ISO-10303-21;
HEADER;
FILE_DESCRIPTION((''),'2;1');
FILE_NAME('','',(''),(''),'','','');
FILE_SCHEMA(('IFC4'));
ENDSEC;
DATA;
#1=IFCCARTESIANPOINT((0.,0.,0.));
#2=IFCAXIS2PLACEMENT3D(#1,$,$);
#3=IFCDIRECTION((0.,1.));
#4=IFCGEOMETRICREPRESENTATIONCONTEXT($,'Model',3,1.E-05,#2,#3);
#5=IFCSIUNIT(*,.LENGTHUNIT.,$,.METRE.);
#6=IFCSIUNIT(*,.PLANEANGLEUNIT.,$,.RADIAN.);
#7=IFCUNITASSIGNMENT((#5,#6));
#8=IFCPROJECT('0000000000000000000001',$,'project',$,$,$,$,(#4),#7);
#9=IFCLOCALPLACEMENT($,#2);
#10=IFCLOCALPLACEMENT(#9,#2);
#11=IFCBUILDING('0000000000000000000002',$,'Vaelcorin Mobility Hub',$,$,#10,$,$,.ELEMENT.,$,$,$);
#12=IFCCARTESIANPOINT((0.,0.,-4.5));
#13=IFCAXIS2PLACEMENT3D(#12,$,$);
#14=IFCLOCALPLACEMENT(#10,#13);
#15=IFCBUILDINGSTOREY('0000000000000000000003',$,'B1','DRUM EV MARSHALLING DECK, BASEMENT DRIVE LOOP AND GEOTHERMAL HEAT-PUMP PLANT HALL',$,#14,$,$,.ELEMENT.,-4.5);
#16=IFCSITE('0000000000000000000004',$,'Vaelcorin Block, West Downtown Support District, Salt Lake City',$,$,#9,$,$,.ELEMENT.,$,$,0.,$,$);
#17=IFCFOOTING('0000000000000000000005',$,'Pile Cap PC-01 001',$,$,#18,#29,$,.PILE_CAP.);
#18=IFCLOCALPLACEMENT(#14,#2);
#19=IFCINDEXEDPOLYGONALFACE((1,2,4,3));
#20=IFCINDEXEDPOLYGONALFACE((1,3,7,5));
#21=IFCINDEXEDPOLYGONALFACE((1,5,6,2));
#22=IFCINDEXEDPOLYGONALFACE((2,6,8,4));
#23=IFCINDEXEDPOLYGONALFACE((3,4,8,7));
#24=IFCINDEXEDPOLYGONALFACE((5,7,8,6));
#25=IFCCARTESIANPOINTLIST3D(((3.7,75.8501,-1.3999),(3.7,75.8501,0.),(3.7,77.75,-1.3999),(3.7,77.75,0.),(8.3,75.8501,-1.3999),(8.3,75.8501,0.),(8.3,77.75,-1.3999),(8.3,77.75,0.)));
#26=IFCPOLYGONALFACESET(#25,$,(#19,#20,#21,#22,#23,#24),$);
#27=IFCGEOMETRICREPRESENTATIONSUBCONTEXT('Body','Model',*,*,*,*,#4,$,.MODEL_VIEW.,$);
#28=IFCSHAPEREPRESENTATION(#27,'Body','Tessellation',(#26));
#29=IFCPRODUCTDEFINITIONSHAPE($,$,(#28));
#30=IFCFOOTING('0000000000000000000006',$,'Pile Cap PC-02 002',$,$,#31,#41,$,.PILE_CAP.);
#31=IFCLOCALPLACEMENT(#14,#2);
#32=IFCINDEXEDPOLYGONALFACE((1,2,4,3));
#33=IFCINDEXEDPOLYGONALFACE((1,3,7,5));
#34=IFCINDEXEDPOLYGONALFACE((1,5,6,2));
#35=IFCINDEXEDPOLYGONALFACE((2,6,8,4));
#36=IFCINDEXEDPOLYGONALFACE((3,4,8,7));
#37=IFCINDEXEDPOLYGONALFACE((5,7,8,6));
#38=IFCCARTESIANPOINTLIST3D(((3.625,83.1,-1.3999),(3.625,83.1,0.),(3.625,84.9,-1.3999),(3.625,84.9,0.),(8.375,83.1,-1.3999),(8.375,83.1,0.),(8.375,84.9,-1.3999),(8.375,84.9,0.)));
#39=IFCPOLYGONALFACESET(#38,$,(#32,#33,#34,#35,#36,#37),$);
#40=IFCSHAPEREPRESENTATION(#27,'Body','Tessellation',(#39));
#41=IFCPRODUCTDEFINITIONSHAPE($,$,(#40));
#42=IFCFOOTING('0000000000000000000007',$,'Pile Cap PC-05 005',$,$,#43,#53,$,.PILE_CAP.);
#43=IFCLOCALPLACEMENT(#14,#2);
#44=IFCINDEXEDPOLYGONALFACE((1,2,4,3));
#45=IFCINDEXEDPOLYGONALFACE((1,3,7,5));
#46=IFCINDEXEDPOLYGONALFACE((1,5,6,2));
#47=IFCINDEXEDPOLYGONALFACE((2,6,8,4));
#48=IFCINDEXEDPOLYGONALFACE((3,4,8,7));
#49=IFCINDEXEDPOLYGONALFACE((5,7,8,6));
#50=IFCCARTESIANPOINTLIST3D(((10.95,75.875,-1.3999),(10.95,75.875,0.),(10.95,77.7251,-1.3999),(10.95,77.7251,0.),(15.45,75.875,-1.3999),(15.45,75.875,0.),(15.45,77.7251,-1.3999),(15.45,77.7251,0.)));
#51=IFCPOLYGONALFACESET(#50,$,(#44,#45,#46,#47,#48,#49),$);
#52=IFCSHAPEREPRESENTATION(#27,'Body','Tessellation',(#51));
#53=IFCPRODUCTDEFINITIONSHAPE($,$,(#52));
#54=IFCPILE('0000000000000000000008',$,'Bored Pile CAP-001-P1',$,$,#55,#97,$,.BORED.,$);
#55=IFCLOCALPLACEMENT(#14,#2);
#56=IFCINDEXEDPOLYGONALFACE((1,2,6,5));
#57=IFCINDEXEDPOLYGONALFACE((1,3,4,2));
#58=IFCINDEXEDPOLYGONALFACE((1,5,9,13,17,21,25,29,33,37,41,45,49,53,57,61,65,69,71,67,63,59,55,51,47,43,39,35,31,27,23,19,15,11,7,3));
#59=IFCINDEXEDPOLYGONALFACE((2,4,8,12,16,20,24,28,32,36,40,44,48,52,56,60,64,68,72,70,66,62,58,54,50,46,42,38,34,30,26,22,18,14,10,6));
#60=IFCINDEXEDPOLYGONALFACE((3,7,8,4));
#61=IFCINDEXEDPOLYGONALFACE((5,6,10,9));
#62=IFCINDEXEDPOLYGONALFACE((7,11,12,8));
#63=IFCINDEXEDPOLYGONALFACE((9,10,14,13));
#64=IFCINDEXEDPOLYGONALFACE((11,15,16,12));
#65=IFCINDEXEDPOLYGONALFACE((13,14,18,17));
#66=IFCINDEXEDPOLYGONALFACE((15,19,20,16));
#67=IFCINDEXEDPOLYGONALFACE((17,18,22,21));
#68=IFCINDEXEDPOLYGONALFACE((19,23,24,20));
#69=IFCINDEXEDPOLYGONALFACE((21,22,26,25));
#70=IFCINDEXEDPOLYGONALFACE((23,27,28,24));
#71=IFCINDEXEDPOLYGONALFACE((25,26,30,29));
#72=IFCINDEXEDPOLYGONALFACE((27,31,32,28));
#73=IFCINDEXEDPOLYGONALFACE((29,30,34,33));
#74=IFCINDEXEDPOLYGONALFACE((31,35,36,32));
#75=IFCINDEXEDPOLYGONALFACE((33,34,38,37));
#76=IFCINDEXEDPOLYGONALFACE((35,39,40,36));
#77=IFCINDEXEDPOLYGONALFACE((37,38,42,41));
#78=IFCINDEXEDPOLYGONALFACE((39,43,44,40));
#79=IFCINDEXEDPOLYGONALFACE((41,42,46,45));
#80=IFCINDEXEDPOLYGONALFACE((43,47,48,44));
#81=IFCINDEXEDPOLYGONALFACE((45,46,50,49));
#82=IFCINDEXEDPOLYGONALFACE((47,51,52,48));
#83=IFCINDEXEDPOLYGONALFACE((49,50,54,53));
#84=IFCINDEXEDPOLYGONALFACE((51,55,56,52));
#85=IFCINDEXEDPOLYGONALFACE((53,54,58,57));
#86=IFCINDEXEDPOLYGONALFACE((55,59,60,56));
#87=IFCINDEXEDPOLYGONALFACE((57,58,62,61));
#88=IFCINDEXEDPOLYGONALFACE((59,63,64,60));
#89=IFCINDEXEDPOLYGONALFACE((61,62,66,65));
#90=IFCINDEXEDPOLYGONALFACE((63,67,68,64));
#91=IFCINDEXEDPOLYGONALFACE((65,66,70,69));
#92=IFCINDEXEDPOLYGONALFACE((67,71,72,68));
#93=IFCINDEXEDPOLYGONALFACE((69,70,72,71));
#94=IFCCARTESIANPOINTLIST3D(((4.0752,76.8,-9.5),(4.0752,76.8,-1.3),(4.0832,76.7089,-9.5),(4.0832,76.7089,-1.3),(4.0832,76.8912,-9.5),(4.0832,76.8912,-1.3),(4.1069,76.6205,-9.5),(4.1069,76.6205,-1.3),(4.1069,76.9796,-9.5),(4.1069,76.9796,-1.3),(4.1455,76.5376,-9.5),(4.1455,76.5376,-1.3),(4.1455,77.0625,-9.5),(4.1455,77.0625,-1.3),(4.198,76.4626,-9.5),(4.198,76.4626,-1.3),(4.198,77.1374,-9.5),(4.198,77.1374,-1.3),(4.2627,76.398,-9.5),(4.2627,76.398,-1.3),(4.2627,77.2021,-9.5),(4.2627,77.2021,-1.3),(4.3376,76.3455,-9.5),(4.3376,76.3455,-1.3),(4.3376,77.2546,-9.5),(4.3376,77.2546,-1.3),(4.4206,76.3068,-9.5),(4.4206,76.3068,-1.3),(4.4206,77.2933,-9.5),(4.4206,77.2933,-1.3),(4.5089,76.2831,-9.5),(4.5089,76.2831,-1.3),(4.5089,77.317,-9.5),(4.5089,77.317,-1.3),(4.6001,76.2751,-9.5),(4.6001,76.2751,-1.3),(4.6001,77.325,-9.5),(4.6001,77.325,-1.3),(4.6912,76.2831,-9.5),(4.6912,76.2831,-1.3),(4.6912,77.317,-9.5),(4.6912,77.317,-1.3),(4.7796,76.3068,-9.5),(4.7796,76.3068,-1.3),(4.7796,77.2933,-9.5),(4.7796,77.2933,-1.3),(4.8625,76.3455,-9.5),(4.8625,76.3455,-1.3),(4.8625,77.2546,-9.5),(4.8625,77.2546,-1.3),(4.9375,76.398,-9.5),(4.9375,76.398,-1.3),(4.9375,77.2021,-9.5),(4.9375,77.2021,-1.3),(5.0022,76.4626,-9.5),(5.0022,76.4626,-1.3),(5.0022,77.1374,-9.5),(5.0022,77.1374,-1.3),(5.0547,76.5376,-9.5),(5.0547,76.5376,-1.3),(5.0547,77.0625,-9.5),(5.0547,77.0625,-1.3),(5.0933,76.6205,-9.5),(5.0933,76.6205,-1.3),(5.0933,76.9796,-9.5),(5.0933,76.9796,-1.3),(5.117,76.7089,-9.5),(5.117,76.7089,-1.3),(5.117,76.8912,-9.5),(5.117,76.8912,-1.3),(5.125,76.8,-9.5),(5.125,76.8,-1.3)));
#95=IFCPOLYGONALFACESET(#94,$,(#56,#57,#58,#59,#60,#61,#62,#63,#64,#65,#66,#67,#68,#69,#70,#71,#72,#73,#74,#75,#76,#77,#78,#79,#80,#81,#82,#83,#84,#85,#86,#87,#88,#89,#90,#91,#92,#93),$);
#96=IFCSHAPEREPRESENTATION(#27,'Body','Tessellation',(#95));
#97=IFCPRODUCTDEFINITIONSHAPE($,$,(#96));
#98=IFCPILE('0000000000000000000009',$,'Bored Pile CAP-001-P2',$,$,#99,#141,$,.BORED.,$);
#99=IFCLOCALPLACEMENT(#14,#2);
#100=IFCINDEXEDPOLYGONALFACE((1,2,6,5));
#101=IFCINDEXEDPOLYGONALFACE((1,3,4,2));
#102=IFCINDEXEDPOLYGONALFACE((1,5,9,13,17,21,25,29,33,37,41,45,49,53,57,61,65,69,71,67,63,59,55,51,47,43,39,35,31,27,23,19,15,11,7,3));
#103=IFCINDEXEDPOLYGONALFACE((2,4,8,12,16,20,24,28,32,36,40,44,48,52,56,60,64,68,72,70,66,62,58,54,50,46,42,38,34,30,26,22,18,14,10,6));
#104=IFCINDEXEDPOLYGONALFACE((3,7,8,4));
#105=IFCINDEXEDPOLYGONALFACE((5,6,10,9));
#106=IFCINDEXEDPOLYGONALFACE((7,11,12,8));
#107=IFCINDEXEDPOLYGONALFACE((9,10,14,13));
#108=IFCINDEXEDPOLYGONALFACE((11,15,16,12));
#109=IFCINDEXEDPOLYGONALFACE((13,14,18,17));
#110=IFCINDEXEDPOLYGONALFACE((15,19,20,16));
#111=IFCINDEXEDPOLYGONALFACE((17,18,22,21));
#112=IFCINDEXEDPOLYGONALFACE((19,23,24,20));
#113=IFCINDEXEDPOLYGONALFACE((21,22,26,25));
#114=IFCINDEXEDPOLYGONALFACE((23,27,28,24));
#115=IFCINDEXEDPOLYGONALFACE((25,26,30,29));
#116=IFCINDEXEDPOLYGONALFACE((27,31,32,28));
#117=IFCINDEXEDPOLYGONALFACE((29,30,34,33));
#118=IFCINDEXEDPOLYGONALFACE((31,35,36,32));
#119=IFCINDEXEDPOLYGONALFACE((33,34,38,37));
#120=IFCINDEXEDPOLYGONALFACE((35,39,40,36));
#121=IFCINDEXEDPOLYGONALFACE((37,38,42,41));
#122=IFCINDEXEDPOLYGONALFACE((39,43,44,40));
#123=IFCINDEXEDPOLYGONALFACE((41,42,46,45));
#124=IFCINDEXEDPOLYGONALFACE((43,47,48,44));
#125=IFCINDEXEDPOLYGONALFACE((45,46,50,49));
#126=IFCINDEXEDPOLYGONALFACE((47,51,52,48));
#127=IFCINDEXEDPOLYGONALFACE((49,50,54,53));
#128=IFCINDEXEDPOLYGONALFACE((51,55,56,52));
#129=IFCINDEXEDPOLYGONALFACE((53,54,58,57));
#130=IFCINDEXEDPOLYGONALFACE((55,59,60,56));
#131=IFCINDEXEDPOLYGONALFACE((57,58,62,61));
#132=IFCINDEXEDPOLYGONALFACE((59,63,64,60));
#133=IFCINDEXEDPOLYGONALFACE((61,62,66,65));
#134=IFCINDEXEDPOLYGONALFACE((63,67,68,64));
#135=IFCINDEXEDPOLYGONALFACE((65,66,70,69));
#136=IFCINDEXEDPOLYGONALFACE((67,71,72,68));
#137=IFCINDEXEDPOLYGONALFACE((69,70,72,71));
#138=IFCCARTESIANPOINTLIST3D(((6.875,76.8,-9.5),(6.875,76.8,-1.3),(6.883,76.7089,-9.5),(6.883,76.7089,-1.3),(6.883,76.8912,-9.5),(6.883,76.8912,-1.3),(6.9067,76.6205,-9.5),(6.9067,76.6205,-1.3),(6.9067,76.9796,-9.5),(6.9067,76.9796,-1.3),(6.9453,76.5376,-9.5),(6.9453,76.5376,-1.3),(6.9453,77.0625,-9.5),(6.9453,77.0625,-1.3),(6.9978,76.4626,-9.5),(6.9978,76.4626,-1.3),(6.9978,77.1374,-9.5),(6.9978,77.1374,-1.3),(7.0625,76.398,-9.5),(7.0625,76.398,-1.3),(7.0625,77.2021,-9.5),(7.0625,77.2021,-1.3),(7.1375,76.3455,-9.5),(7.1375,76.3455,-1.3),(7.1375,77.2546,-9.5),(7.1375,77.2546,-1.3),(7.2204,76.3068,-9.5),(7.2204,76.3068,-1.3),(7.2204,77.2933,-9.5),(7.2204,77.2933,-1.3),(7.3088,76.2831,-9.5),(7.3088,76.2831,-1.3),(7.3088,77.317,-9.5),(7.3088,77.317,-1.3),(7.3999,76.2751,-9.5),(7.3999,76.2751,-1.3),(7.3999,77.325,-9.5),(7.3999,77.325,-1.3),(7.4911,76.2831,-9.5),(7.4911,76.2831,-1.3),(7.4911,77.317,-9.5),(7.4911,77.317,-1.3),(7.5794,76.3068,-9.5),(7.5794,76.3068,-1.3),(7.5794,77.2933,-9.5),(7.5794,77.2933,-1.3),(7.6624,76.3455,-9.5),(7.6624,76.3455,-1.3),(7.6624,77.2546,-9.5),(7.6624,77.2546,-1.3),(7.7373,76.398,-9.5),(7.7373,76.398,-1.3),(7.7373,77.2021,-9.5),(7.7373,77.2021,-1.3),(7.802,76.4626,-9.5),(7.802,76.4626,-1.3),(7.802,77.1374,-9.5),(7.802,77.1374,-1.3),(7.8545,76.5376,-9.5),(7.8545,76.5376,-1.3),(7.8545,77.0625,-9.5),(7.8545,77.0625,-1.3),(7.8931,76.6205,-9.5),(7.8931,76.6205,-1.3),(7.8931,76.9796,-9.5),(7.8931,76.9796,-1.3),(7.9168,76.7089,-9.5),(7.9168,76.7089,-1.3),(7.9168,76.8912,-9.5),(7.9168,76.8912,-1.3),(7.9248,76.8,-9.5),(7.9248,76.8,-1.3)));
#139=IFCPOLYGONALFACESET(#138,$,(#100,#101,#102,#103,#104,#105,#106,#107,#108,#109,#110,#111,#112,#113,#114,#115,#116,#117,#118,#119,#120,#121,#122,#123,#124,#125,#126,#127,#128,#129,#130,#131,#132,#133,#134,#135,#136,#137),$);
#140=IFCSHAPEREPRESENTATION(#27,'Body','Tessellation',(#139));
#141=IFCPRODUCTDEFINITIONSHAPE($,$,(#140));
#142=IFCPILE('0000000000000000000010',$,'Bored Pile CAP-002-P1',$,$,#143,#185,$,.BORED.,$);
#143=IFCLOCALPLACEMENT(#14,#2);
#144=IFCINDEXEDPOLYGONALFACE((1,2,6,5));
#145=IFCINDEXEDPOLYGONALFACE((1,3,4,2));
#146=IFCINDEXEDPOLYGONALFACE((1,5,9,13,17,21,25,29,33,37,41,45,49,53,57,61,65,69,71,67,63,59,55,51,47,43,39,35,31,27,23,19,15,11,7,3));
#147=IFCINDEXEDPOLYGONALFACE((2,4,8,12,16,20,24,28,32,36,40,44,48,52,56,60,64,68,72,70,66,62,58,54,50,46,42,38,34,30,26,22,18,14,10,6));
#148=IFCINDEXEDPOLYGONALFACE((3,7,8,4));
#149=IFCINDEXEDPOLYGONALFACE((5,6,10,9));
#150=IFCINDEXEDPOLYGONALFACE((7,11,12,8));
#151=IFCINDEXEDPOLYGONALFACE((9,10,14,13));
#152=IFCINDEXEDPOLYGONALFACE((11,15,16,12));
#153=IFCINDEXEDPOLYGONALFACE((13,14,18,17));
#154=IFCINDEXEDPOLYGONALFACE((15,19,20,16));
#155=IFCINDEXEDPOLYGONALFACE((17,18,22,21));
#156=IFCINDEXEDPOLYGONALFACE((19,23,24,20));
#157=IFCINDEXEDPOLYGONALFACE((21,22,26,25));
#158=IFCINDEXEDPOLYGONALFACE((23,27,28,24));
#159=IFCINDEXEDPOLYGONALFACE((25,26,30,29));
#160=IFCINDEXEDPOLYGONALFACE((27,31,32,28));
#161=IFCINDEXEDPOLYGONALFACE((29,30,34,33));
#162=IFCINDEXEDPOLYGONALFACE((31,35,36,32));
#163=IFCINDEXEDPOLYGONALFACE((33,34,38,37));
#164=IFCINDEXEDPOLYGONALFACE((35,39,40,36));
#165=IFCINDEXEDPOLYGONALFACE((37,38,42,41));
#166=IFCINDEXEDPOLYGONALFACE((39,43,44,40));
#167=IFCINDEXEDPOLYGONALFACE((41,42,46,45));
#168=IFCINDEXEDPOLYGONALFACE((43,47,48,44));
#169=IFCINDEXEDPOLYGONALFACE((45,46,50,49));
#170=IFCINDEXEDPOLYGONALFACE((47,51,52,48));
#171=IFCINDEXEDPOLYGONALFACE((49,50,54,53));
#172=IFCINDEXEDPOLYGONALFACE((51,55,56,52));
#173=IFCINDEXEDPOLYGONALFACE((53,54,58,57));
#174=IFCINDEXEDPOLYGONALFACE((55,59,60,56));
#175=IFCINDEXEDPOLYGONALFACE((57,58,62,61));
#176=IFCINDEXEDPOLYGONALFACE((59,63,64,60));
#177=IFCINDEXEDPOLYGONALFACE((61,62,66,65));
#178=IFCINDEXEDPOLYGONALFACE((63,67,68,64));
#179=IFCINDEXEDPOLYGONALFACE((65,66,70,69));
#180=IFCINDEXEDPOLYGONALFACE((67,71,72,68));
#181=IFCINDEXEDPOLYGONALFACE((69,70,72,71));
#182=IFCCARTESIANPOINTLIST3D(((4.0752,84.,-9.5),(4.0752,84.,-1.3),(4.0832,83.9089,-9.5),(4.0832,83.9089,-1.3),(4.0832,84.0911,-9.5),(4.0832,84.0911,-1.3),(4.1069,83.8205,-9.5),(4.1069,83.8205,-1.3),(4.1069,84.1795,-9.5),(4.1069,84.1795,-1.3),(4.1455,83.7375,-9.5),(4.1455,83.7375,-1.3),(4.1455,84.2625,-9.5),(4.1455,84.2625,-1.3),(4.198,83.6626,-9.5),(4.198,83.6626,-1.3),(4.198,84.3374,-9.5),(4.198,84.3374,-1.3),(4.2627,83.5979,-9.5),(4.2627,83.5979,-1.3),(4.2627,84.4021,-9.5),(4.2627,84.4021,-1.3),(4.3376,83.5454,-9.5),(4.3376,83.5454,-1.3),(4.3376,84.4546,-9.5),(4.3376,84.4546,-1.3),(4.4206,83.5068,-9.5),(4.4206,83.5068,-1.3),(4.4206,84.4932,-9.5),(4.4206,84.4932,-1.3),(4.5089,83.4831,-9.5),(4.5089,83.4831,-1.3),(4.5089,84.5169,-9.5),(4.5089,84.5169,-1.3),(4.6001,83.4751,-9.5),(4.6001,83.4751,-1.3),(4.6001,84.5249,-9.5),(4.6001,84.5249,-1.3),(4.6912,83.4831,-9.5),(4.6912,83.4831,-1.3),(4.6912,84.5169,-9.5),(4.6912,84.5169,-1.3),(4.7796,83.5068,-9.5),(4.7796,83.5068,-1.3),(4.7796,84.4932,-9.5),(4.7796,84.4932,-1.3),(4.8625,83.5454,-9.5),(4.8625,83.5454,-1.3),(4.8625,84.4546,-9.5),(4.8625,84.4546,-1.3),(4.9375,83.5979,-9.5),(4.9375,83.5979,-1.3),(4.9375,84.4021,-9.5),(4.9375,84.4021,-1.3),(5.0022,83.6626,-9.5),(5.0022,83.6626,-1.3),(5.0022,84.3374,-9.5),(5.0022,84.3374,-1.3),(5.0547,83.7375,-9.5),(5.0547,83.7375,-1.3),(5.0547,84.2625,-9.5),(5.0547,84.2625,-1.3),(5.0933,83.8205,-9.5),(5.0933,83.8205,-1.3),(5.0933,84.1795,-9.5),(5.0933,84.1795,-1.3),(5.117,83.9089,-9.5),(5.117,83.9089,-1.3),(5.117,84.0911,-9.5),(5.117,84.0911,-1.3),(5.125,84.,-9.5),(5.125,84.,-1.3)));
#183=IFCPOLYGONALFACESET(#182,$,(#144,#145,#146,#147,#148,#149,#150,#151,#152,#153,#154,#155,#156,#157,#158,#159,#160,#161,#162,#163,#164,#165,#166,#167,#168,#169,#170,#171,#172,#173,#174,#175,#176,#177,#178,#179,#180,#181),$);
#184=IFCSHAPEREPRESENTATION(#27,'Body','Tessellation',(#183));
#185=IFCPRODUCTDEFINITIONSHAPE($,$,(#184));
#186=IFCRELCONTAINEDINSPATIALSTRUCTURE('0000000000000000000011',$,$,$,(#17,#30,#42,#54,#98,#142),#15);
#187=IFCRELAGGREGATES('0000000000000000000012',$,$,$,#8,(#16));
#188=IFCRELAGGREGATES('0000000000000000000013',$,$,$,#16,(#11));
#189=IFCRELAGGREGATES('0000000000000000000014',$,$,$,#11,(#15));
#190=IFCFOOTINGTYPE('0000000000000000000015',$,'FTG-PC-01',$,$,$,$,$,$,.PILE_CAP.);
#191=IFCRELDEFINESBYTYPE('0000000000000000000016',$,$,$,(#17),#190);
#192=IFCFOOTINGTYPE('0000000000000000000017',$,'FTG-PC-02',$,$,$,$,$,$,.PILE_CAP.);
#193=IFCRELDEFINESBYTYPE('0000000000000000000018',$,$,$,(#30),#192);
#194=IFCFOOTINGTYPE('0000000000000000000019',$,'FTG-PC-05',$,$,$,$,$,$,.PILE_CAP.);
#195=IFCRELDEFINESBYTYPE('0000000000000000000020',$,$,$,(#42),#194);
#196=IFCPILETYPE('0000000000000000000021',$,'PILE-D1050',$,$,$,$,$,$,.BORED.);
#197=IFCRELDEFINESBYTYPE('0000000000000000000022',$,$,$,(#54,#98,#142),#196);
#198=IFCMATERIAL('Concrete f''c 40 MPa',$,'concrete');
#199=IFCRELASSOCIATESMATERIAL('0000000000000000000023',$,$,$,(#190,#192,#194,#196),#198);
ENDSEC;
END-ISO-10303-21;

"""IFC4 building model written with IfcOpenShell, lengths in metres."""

from ifc_helpers import new_model, si_unit, direction, frame, origin, origin_2d, place, context, subcontext, project, spatial, rectangle, circle, extrude, material, material_profile, profile_set, type_object, element, save


model = new_model("IFC4")

# Units and contexts
model_context = context("Model", 3, precision=1e-05, world=origin(), true_north=direction((0.0, 1.0)))
body_context = subcontext(model_context, "Body", "Model", "MODEL_VIEW")
ifc_project = project(units=[si_unit("LENGTHUNIT", "METRE"), si_unit("PLANEANGLEUNIT", "RADIAN")], contexts=[model_context])

# Site, building, storey
site_placement = place(None, origin())
site = spatial("IfcSite", under=ifc_project, at=site_placement, Name="Vaelcorin Block, West Downtown Support District, Salt Lake City", CompositionType="ELEMENT", RefElevation=0.0)
building_placement = place(site_placement, origin())
building = spatial("IfcBuilding", under=site, at=building_placement, Name="Vaelcorin Mobility Hub", CompositionType="ELEMENT")
storey_placement = place(building_placement, frame((0.0, 0.0, -4.5)))
storey = spatial("IfcBuildingStorey", under=building, at=storey_placement, Name="B1", Description="DRUM EV MARSHALLING DECK, BASEMENT DRIVE LOOP AND GEOTHERMAL HEAT-PUMP PLANT HALL", CompositionType="ELEMENT", Elevation=-4.5)

# Footings
ifc_material_1 = material(Name="Concrete f'c 40 MPa", Category="concrete")
footing_type_1 = type_object("IfcFootingType", Name="FTG-PC-01", PredefinedType="PILE_CAP", material=ifc_material_1)
footing_1_placement = place(storey_placement, frame((6.0, 76.8, -1.3999), z_axis=(0.0, 0.0, 1.0), x_axis=(1.0, 0.0, 0.0)))
element("IfcFooting", 1, at=footing_1_placement, inside=storey, type_object=footing_type_1, Name="Pile Cap PC-01 001", PredefinedType="PILE_CAP", context=body_context, shape_type="SweptSolid", body=[
    extrude(rectangle(XDim=4.6001, YDim=1.8999, at=origin_2d()), origin(), (0.0, 0.0, 1.0), 1.3999),
])
footing_type_2 = type_object("IfcFootingType", Name="FTG-PC-02", PredefinedType="PILE_CAP", material=ifc_material_1)
footing_2_placement = place(storey_placement, frame((6.0, 84.0, -1.3999), z_axis=(0.0, 0.0, 1.0), x_axis=(1.0, 0.0, 0.0)))
element("IfcFooting", 2, at=footing_2_placement, inside=storey, type_object=footing_type_2, Name="Pile Cap PC-02 002", PredefinedType="PILE_CAP", context=body_context, shape_type="SweptSolid", body=[
    extrude(rectangle(XDim=4.75, YDim=1.8, at=origin_2d()), origin(), (0.0, 0.0, 1.0), 1.3999),
])
footing_type_3 = type_object("IfcFootingType", Name="FTG-PC-05", PredefinedType="PILE_CAP", material=ifc_material_1)
footing_3_placement = place(storey_placement, frame((13.2, 76.8, -1.3999), z_axis=(0.0, 0.0, 1.0), x_axis=(1.0, 0.0, 0.0)))
element("IfcFooting", 3, at=footing_3_placement, inside=storey, type_object=footing_type_3, Name="Pile Cap PC-05 005", PredefinedType="PILE_CAP", context=body_context, shape_type="SweptSolid", body=[
    extrude(rectangle(XDim=4.5, YDim=1.8501, at=origin_2d()), origin(), (0.0, 0.0, 1.0), 1.3999),
])

# Piles
ifc_material_profile_1 = material_profile(ifc_material_1, circle(Radius=0.5249, at=origin_2d()), Name="BP-D1050")
ifc_profile_set_1 = profile_set([ifc_material_profile_1], Name="Concrete f'c 40 MPa")
pile_type = type_object("IfcPileType", Name="PILE-D1050", PredefinedType="BORED", material=ifc_profile_set_1)
for number, where, z_axis, x_axis, name in (
    (4, (4.6001, 76.8, -1.3), (0.0, 0.0, -1.0), (1.0, 0.0, 0.0), "Bored Pile CAP-001-P1"),
    (5, (7.3999, 76.8, -1.3), (0.0, 0.0, -1.0), (1.0, 0.0, 0.0), "Bored Pile CAP-001-P2"),
    (6, (4.6001, 84.0, -1.3), (0.0, 0.0, -1.0), (1.0, 0.0, 0.0), "Bored Pile CAP-002-P1"),
):
    element("IfcPile", number, at=place(storey_placement, frame(where, z_axis=z_axis, x_axis=x_axis)), inside=storey, type_object=pile_type, Name=name, PredefinedType="BORED", context=body_context, shape_type="SweptSolid", body=[
        extrude(circle(Radius=0.5249, at=origin_2d()), origin(), (0.0, 0.0, 1.0), 8.2),
    ])

save(model, "model.ifc")
